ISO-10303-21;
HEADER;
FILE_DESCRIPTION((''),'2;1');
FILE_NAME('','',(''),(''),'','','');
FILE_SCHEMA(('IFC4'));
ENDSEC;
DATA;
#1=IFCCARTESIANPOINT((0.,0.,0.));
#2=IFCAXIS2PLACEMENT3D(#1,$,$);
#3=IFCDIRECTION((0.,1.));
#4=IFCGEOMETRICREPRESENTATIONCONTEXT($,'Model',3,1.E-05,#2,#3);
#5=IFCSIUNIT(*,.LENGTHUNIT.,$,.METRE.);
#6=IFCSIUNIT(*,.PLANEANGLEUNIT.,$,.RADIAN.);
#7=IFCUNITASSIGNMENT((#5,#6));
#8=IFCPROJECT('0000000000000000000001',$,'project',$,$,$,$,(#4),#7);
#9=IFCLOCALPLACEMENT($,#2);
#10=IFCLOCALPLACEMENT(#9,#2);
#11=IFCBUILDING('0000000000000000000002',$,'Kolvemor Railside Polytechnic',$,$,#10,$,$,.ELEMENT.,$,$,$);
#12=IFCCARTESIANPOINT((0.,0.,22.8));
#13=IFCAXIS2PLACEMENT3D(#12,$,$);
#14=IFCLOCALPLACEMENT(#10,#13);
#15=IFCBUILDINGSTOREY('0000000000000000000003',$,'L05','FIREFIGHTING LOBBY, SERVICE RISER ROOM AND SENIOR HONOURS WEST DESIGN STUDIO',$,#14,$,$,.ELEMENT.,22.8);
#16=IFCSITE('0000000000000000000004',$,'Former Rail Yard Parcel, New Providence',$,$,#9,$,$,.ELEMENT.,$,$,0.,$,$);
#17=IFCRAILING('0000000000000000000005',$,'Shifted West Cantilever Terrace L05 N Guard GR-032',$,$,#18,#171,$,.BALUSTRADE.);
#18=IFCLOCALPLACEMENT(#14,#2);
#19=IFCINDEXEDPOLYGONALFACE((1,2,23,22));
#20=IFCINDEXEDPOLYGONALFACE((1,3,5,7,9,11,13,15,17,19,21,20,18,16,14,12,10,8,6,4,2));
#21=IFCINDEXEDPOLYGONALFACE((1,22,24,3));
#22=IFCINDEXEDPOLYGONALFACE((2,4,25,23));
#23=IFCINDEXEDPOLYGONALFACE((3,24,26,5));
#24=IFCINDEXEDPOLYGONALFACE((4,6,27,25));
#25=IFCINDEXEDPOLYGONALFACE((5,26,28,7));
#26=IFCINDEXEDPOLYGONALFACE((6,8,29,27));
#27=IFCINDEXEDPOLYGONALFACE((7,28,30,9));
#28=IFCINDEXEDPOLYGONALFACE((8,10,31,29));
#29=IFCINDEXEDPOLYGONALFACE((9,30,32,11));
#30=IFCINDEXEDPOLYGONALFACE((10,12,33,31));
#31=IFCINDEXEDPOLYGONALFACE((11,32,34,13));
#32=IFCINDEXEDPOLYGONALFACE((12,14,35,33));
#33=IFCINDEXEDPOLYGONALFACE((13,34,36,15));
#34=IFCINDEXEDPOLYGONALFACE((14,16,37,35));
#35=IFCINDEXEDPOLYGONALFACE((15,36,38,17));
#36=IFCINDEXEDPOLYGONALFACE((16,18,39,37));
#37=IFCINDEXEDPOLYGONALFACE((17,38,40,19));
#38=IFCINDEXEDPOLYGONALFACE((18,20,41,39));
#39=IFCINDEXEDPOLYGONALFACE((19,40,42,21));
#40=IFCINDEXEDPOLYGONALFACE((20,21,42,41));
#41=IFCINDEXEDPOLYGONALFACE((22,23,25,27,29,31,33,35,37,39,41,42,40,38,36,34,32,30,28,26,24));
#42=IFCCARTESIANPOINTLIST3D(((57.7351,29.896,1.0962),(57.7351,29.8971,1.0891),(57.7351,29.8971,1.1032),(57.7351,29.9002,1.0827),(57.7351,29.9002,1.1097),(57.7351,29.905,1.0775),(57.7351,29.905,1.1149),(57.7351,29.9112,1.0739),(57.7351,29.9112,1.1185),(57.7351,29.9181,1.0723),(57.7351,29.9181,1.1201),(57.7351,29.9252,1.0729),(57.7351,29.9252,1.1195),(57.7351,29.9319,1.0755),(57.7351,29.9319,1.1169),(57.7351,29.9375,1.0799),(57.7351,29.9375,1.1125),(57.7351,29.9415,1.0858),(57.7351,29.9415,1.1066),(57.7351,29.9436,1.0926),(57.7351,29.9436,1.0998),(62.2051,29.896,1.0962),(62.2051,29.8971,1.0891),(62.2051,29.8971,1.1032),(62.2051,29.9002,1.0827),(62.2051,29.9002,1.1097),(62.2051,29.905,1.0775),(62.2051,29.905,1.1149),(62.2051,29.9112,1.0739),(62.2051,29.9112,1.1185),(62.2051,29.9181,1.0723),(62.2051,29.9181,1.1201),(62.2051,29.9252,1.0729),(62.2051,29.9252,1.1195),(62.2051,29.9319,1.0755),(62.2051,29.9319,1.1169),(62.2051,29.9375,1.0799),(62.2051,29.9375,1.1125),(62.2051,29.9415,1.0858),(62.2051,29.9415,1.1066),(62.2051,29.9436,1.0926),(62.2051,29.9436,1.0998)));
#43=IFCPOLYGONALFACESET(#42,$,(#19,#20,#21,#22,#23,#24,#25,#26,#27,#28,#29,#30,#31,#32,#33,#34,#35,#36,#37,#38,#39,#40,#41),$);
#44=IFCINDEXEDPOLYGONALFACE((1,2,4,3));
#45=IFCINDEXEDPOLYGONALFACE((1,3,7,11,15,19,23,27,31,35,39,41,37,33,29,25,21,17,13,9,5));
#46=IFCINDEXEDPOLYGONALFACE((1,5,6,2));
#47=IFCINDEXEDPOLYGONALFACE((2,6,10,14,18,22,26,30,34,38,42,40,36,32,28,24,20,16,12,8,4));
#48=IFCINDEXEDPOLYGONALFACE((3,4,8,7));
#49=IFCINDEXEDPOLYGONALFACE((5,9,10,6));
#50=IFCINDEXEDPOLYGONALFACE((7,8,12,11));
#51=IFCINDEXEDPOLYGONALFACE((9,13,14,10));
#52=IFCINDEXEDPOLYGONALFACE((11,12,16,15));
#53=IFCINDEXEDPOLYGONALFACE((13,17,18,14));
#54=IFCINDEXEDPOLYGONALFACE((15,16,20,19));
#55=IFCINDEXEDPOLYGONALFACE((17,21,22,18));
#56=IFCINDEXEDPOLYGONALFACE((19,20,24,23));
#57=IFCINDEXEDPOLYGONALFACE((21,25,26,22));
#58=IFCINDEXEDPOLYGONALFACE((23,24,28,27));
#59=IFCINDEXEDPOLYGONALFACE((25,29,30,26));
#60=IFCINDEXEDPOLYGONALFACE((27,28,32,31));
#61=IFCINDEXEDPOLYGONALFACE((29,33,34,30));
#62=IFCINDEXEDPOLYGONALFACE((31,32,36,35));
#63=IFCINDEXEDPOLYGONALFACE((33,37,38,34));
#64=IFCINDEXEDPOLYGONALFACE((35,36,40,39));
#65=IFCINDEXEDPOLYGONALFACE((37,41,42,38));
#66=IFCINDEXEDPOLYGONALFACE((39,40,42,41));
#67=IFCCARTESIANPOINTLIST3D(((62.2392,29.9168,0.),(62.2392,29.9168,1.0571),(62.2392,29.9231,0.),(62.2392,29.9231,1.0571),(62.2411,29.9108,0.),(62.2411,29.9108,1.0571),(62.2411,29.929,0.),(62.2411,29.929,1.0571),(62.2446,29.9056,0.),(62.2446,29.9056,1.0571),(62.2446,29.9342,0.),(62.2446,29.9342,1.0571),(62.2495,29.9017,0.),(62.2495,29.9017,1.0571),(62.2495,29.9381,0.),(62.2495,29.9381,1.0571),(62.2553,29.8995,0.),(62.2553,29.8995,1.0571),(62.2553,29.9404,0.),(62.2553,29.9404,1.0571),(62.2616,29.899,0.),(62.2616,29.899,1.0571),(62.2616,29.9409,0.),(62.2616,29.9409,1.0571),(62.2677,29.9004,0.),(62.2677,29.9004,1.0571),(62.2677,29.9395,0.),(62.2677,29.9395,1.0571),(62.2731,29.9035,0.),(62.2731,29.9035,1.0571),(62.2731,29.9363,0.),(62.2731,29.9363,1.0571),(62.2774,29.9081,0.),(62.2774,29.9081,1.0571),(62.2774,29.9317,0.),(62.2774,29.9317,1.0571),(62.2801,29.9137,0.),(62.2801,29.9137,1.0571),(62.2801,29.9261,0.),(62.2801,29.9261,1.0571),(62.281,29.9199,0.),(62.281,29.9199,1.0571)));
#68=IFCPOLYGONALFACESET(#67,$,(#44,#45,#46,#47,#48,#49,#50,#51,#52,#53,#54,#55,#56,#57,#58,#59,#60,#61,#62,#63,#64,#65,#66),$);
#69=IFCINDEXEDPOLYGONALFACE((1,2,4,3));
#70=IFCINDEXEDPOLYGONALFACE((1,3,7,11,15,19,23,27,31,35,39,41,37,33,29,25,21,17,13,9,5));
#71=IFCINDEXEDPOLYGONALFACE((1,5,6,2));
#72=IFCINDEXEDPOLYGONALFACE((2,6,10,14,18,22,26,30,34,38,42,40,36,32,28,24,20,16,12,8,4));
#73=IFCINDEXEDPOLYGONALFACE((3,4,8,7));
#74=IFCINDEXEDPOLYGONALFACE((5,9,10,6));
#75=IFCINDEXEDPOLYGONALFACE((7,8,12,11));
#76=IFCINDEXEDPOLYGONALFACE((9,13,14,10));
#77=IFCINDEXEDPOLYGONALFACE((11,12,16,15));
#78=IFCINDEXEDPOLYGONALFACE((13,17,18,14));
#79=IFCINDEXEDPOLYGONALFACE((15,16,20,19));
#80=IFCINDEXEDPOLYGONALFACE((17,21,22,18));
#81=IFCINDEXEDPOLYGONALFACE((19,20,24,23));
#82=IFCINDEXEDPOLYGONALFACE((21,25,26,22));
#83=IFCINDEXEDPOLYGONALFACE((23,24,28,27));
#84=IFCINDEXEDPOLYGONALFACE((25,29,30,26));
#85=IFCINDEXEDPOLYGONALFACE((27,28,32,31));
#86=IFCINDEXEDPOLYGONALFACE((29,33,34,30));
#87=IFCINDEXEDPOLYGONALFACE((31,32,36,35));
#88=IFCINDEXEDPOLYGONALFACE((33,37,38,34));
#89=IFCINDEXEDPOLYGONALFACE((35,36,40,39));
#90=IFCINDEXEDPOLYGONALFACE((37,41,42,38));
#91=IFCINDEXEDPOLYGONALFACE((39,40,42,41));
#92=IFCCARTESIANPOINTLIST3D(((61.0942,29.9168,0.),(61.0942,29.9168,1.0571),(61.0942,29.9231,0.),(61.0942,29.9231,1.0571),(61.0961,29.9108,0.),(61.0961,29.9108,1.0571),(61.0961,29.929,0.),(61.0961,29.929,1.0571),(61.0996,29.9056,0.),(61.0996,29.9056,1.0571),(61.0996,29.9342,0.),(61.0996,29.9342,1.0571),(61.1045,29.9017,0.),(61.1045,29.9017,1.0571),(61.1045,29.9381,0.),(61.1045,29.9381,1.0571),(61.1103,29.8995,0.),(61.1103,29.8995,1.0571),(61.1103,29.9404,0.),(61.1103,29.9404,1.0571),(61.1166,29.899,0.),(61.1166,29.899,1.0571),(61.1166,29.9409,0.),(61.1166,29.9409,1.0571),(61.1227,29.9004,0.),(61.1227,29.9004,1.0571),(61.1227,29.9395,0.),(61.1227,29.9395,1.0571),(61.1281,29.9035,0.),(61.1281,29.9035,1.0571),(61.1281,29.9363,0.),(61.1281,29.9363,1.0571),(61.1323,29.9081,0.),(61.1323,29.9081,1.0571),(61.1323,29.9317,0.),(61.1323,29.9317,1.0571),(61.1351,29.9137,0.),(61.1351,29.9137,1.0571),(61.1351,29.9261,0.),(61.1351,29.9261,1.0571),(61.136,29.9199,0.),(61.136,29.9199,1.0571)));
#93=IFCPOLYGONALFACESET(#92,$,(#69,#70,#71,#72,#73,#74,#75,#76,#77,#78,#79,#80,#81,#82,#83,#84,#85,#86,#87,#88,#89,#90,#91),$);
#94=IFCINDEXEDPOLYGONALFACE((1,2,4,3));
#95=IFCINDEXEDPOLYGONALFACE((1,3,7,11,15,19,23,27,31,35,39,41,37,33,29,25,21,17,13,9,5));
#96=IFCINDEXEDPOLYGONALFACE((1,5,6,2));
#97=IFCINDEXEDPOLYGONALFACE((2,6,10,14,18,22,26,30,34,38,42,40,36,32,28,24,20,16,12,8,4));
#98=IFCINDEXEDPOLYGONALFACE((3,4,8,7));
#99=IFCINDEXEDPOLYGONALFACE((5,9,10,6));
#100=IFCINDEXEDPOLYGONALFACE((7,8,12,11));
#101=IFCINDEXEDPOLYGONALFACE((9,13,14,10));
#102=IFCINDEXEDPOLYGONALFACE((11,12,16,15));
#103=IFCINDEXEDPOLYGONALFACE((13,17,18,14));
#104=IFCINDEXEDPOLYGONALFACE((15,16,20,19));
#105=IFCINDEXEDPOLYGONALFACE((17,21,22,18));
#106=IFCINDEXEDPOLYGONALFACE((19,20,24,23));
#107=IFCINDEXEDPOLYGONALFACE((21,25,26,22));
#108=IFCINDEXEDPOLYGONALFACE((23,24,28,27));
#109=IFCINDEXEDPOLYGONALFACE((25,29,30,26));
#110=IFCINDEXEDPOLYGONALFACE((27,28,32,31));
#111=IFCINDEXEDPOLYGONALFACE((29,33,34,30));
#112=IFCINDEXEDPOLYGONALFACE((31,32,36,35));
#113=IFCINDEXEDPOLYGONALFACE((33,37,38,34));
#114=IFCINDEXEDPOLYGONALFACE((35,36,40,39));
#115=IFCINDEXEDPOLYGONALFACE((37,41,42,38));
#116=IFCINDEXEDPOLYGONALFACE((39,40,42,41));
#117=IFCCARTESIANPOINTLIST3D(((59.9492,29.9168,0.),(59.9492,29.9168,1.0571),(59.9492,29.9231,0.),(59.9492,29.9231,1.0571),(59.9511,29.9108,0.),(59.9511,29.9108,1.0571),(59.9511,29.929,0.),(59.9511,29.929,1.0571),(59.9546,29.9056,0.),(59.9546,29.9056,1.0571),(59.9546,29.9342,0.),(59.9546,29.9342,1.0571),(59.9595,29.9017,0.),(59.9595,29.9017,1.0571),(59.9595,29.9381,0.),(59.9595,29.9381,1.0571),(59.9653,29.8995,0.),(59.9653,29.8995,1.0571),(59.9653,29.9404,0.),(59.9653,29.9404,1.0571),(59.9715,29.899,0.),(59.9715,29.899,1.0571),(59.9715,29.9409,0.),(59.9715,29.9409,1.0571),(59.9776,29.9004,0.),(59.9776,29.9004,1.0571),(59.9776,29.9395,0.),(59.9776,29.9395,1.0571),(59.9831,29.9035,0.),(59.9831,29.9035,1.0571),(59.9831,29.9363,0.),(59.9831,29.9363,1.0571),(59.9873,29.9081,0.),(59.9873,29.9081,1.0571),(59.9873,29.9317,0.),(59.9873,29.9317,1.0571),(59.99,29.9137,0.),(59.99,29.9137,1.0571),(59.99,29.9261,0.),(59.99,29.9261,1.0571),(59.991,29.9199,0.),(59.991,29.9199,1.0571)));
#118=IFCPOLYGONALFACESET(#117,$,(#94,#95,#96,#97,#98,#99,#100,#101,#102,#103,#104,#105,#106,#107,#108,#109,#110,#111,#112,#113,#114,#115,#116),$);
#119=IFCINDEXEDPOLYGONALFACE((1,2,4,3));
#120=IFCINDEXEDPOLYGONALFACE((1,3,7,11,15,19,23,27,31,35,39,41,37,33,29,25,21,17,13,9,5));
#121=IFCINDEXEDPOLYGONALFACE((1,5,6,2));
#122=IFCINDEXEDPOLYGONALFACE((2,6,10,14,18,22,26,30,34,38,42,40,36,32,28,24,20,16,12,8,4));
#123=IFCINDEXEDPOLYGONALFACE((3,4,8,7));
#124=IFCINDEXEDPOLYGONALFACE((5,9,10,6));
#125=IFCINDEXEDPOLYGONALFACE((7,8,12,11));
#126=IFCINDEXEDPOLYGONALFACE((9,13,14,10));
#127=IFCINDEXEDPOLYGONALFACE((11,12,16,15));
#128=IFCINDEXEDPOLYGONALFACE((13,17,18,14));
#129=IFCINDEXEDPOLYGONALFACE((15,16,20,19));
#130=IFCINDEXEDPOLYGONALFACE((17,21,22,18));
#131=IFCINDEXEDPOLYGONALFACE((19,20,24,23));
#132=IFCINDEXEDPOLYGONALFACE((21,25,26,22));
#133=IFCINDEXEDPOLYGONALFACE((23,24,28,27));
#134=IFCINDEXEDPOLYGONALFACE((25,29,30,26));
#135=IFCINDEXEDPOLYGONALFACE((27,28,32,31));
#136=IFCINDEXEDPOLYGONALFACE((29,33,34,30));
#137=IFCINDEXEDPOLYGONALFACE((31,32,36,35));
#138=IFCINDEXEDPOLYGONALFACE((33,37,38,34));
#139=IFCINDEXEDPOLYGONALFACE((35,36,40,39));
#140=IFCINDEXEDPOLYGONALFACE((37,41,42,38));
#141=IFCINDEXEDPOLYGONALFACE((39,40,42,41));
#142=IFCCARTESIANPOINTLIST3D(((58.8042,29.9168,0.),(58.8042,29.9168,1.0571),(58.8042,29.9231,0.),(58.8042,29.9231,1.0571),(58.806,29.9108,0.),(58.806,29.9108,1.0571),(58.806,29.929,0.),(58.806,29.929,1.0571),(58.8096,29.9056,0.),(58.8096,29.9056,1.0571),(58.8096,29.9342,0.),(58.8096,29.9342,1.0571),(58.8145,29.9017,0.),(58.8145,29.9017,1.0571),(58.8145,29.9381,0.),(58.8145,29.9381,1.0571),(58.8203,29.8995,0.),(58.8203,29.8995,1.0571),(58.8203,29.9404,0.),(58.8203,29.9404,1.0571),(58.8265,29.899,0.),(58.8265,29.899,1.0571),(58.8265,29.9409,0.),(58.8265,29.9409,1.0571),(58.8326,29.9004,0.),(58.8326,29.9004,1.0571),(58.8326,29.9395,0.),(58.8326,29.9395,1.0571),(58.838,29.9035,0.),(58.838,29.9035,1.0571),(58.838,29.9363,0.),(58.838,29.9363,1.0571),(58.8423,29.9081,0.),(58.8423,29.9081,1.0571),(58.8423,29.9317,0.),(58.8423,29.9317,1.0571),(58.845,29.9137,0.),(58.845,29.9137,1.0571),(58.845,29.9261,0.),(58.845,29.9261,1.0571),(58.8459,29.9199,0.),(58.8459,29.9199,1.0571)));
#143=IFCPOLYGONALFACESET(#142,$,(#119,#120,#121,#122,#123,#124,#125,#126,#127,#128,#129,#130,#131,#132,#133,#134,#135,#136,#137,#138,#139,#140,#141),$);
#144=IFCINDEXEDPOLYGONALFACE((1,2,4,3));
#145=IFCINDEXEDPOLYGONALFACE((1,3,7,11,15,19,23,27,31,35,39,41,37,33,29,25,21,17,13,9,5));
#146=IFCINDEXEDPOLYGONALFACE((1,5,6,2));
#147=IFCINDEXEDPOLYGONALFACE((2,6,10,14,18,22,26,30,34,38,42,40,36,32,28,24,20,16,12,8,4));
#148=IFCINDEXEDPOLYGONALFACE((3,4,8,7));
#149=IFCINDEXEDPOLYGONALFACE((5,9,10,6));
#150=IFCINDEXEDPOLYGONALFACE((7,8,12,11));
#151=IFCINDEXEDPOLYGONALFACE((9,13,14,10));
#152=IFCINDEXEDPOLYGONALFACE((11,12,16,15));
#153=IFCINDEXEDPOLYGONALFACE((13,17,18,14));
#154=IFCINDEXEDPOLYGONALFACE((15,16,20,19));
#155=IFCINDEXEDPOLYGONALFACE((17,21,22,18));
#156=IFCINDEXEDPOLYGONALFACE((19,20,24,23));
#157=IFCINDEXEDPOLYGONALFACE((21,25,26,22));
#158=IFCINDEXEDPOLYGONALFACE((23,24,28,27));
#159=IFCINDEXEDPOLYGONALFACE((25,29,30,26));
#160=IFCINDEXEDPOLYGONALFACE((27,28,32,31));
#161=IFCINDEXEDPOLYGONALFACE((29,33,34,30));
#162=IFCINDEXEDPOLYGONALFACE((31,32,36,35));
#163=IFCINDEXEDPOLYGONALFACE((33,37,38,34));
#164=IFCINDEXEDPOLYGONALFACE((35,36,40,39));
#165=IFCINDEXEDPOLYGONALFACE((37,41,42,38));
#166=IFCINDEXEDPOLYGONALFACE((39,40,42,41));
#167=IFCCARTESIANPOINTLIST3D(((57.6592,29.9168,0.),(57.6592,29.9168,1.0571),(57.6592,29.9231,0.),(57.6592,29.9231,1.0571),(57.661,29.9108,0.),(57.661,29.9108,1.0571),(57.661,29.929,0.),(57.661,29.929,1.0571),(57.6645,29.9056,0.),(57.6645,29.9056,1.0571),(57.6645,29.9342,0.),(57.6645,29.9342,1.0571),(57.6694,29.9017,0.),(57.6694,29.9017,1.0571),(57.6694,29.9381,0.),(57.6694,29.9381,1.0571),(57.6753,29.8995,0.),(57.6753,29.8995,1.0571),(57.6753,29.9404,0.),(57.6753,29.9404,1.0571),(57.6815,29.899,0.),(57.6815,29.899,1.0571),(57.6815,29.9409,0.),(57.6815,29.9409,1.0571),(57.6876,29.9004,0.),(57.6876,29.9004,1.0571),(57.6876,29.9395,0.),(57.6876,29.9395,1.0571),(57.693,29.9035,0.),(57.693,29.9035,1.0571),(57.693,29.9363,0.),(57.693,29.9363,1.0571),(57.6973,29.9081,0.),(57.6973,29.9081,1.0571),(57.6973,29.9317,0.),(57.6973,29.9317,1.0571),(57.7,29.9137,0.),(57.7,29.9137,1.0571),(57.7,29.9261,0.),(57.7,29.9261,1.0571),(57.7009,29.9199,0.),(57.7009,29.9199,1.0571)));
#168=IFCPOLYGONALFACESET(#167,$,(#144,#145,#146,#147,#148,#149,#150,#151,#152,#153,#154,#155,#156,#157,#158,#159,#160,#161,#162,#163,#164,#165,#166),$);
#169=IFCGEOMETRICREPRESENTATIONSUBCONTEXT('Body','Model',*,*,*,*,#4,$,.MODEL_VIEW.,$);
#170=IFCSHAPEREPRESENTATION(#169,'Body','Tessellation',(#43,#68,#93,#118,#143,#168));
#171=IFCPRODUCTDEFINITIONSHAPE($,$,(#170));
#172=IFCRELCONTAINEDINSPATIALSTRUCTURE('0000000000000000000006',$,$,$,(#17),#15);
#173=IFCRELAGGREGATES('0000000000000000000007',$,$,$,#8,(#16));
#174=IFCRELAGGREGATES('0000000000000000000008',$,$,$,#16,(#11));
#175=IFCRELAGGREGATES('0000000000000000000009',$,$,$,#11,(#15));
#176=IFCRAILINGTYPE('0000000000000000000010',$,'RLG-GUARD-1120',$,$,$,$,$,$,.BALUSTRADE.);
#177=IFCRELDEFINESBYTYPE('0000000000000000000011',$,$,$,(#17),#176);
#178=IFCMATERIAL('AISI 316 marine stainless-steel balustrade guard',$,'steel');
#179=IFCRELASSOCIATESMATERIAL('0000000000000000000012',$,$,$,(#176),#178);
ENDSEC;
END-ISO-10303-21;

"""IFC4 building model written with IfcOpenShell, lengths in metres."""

from ifc_helpers import new_model, si_unit, direction, frame, origin, origin_2d, place, context, subcontext, project, spatial, circle, extrude, material, type_object, element, save


model = new_model("IFC4")

# Units and contexts
model_context = context("Model", 3, precision=1e-05, world=origin(), true_north=direction((0.0, 1.0)))
body_context = subcontext(model_context, "Body", "Model", "MODEL_VIEW")
ifc_project = project(units=[si_unit("LENGTHUNIT", "METRE"), si_unit("PLANEANGLEUNIT", "RADIAN")], contexts=[model_context])

# Site, building, storey
site_placement = place(None, origin())
site = spatial("IfcSite", under=ifc_project, at=site_placement, Name="Former Rail Yard Parcel, New Providence", CompositionType="ELEMENT", RefElevation=0.0)
building_placement = place(site_placement, origin())
building = spatial("IfcBuilding", under=site, at=building_placement, Name="Kolvemor Railside Polytechnic", CompositionType="ELEMENT")
storey_placement = place(building_placement, frame((0.0, 0.0, 22.8)))
storey = spatial("IfcBuildingStorey", under=building, at=storey_placement, Name="L05", Description="FIREFIGHTING LOBBY, SERVICE RISER ROOM AND SENIOR HONOURS WEST DESIGN STUDIO", CompositionType="ELEMENT", Elevation=22.8)

# Railing
ifc_material_1 = material(Name="AISI 316 marine stainless-steel balustrade guard", Category="steel")
railing_type = type_object("IfcRailingType", Name="RLG-GUARD-1120", PredefinedType="BALUSTRADE", material=ifc_material_1)
railing_1_placement = place(storey_placement, frame((62.26, 29.9199, 0.0)))
element("IfcRailing", 1, at=railing_1_placement, inside=storey, type_object=railing_type, Name="Shifted West Cantilever Terrace L05 N Guard GR-032", PredefinedType="BALUSTRADE", context=body_context, shape_type="SweptSolid", body=[
    extrude(circle(Radius=0.0239, at=origin_2d()), frame((-0.0549, 0.0, 1.0962), z_axis=(-1.0, 0.0, 0.0), x_axis=(0.0, -1.0, 0.0)), (0.0, 0.0, 1.0), 4.47),
    extrude(circle(Radius=0.021, at=origin_2d()), origin(), (0.0, 0.0, 1.0), 1.0571),
    extrude(circle(Radius=0.021, at=origin_2d()), frame((-1.145, 0.0, 0.0)), (0.0, 0.0, 1.0), 1.0571),
    extrude(circle(Radius=0.021, at=origin_2d()), frame((-2.29, 0.0, 0.0)), (0.0, 0.0, 1.0), 1.0571),
    extrude(circle(Radius=0.021, at=origin_2d()), frame((-3.4351, 0.0, 0.0)), (0.0, 0.0, 1.0), 1.0571),
    extrude(circle(Radius=0.021, at=origin_2d()), frame((-4.5801, 0.0, 0.0)), (0.0, 0.0, 1.0), 1.0571),
])

save(model, "model.ifc")
